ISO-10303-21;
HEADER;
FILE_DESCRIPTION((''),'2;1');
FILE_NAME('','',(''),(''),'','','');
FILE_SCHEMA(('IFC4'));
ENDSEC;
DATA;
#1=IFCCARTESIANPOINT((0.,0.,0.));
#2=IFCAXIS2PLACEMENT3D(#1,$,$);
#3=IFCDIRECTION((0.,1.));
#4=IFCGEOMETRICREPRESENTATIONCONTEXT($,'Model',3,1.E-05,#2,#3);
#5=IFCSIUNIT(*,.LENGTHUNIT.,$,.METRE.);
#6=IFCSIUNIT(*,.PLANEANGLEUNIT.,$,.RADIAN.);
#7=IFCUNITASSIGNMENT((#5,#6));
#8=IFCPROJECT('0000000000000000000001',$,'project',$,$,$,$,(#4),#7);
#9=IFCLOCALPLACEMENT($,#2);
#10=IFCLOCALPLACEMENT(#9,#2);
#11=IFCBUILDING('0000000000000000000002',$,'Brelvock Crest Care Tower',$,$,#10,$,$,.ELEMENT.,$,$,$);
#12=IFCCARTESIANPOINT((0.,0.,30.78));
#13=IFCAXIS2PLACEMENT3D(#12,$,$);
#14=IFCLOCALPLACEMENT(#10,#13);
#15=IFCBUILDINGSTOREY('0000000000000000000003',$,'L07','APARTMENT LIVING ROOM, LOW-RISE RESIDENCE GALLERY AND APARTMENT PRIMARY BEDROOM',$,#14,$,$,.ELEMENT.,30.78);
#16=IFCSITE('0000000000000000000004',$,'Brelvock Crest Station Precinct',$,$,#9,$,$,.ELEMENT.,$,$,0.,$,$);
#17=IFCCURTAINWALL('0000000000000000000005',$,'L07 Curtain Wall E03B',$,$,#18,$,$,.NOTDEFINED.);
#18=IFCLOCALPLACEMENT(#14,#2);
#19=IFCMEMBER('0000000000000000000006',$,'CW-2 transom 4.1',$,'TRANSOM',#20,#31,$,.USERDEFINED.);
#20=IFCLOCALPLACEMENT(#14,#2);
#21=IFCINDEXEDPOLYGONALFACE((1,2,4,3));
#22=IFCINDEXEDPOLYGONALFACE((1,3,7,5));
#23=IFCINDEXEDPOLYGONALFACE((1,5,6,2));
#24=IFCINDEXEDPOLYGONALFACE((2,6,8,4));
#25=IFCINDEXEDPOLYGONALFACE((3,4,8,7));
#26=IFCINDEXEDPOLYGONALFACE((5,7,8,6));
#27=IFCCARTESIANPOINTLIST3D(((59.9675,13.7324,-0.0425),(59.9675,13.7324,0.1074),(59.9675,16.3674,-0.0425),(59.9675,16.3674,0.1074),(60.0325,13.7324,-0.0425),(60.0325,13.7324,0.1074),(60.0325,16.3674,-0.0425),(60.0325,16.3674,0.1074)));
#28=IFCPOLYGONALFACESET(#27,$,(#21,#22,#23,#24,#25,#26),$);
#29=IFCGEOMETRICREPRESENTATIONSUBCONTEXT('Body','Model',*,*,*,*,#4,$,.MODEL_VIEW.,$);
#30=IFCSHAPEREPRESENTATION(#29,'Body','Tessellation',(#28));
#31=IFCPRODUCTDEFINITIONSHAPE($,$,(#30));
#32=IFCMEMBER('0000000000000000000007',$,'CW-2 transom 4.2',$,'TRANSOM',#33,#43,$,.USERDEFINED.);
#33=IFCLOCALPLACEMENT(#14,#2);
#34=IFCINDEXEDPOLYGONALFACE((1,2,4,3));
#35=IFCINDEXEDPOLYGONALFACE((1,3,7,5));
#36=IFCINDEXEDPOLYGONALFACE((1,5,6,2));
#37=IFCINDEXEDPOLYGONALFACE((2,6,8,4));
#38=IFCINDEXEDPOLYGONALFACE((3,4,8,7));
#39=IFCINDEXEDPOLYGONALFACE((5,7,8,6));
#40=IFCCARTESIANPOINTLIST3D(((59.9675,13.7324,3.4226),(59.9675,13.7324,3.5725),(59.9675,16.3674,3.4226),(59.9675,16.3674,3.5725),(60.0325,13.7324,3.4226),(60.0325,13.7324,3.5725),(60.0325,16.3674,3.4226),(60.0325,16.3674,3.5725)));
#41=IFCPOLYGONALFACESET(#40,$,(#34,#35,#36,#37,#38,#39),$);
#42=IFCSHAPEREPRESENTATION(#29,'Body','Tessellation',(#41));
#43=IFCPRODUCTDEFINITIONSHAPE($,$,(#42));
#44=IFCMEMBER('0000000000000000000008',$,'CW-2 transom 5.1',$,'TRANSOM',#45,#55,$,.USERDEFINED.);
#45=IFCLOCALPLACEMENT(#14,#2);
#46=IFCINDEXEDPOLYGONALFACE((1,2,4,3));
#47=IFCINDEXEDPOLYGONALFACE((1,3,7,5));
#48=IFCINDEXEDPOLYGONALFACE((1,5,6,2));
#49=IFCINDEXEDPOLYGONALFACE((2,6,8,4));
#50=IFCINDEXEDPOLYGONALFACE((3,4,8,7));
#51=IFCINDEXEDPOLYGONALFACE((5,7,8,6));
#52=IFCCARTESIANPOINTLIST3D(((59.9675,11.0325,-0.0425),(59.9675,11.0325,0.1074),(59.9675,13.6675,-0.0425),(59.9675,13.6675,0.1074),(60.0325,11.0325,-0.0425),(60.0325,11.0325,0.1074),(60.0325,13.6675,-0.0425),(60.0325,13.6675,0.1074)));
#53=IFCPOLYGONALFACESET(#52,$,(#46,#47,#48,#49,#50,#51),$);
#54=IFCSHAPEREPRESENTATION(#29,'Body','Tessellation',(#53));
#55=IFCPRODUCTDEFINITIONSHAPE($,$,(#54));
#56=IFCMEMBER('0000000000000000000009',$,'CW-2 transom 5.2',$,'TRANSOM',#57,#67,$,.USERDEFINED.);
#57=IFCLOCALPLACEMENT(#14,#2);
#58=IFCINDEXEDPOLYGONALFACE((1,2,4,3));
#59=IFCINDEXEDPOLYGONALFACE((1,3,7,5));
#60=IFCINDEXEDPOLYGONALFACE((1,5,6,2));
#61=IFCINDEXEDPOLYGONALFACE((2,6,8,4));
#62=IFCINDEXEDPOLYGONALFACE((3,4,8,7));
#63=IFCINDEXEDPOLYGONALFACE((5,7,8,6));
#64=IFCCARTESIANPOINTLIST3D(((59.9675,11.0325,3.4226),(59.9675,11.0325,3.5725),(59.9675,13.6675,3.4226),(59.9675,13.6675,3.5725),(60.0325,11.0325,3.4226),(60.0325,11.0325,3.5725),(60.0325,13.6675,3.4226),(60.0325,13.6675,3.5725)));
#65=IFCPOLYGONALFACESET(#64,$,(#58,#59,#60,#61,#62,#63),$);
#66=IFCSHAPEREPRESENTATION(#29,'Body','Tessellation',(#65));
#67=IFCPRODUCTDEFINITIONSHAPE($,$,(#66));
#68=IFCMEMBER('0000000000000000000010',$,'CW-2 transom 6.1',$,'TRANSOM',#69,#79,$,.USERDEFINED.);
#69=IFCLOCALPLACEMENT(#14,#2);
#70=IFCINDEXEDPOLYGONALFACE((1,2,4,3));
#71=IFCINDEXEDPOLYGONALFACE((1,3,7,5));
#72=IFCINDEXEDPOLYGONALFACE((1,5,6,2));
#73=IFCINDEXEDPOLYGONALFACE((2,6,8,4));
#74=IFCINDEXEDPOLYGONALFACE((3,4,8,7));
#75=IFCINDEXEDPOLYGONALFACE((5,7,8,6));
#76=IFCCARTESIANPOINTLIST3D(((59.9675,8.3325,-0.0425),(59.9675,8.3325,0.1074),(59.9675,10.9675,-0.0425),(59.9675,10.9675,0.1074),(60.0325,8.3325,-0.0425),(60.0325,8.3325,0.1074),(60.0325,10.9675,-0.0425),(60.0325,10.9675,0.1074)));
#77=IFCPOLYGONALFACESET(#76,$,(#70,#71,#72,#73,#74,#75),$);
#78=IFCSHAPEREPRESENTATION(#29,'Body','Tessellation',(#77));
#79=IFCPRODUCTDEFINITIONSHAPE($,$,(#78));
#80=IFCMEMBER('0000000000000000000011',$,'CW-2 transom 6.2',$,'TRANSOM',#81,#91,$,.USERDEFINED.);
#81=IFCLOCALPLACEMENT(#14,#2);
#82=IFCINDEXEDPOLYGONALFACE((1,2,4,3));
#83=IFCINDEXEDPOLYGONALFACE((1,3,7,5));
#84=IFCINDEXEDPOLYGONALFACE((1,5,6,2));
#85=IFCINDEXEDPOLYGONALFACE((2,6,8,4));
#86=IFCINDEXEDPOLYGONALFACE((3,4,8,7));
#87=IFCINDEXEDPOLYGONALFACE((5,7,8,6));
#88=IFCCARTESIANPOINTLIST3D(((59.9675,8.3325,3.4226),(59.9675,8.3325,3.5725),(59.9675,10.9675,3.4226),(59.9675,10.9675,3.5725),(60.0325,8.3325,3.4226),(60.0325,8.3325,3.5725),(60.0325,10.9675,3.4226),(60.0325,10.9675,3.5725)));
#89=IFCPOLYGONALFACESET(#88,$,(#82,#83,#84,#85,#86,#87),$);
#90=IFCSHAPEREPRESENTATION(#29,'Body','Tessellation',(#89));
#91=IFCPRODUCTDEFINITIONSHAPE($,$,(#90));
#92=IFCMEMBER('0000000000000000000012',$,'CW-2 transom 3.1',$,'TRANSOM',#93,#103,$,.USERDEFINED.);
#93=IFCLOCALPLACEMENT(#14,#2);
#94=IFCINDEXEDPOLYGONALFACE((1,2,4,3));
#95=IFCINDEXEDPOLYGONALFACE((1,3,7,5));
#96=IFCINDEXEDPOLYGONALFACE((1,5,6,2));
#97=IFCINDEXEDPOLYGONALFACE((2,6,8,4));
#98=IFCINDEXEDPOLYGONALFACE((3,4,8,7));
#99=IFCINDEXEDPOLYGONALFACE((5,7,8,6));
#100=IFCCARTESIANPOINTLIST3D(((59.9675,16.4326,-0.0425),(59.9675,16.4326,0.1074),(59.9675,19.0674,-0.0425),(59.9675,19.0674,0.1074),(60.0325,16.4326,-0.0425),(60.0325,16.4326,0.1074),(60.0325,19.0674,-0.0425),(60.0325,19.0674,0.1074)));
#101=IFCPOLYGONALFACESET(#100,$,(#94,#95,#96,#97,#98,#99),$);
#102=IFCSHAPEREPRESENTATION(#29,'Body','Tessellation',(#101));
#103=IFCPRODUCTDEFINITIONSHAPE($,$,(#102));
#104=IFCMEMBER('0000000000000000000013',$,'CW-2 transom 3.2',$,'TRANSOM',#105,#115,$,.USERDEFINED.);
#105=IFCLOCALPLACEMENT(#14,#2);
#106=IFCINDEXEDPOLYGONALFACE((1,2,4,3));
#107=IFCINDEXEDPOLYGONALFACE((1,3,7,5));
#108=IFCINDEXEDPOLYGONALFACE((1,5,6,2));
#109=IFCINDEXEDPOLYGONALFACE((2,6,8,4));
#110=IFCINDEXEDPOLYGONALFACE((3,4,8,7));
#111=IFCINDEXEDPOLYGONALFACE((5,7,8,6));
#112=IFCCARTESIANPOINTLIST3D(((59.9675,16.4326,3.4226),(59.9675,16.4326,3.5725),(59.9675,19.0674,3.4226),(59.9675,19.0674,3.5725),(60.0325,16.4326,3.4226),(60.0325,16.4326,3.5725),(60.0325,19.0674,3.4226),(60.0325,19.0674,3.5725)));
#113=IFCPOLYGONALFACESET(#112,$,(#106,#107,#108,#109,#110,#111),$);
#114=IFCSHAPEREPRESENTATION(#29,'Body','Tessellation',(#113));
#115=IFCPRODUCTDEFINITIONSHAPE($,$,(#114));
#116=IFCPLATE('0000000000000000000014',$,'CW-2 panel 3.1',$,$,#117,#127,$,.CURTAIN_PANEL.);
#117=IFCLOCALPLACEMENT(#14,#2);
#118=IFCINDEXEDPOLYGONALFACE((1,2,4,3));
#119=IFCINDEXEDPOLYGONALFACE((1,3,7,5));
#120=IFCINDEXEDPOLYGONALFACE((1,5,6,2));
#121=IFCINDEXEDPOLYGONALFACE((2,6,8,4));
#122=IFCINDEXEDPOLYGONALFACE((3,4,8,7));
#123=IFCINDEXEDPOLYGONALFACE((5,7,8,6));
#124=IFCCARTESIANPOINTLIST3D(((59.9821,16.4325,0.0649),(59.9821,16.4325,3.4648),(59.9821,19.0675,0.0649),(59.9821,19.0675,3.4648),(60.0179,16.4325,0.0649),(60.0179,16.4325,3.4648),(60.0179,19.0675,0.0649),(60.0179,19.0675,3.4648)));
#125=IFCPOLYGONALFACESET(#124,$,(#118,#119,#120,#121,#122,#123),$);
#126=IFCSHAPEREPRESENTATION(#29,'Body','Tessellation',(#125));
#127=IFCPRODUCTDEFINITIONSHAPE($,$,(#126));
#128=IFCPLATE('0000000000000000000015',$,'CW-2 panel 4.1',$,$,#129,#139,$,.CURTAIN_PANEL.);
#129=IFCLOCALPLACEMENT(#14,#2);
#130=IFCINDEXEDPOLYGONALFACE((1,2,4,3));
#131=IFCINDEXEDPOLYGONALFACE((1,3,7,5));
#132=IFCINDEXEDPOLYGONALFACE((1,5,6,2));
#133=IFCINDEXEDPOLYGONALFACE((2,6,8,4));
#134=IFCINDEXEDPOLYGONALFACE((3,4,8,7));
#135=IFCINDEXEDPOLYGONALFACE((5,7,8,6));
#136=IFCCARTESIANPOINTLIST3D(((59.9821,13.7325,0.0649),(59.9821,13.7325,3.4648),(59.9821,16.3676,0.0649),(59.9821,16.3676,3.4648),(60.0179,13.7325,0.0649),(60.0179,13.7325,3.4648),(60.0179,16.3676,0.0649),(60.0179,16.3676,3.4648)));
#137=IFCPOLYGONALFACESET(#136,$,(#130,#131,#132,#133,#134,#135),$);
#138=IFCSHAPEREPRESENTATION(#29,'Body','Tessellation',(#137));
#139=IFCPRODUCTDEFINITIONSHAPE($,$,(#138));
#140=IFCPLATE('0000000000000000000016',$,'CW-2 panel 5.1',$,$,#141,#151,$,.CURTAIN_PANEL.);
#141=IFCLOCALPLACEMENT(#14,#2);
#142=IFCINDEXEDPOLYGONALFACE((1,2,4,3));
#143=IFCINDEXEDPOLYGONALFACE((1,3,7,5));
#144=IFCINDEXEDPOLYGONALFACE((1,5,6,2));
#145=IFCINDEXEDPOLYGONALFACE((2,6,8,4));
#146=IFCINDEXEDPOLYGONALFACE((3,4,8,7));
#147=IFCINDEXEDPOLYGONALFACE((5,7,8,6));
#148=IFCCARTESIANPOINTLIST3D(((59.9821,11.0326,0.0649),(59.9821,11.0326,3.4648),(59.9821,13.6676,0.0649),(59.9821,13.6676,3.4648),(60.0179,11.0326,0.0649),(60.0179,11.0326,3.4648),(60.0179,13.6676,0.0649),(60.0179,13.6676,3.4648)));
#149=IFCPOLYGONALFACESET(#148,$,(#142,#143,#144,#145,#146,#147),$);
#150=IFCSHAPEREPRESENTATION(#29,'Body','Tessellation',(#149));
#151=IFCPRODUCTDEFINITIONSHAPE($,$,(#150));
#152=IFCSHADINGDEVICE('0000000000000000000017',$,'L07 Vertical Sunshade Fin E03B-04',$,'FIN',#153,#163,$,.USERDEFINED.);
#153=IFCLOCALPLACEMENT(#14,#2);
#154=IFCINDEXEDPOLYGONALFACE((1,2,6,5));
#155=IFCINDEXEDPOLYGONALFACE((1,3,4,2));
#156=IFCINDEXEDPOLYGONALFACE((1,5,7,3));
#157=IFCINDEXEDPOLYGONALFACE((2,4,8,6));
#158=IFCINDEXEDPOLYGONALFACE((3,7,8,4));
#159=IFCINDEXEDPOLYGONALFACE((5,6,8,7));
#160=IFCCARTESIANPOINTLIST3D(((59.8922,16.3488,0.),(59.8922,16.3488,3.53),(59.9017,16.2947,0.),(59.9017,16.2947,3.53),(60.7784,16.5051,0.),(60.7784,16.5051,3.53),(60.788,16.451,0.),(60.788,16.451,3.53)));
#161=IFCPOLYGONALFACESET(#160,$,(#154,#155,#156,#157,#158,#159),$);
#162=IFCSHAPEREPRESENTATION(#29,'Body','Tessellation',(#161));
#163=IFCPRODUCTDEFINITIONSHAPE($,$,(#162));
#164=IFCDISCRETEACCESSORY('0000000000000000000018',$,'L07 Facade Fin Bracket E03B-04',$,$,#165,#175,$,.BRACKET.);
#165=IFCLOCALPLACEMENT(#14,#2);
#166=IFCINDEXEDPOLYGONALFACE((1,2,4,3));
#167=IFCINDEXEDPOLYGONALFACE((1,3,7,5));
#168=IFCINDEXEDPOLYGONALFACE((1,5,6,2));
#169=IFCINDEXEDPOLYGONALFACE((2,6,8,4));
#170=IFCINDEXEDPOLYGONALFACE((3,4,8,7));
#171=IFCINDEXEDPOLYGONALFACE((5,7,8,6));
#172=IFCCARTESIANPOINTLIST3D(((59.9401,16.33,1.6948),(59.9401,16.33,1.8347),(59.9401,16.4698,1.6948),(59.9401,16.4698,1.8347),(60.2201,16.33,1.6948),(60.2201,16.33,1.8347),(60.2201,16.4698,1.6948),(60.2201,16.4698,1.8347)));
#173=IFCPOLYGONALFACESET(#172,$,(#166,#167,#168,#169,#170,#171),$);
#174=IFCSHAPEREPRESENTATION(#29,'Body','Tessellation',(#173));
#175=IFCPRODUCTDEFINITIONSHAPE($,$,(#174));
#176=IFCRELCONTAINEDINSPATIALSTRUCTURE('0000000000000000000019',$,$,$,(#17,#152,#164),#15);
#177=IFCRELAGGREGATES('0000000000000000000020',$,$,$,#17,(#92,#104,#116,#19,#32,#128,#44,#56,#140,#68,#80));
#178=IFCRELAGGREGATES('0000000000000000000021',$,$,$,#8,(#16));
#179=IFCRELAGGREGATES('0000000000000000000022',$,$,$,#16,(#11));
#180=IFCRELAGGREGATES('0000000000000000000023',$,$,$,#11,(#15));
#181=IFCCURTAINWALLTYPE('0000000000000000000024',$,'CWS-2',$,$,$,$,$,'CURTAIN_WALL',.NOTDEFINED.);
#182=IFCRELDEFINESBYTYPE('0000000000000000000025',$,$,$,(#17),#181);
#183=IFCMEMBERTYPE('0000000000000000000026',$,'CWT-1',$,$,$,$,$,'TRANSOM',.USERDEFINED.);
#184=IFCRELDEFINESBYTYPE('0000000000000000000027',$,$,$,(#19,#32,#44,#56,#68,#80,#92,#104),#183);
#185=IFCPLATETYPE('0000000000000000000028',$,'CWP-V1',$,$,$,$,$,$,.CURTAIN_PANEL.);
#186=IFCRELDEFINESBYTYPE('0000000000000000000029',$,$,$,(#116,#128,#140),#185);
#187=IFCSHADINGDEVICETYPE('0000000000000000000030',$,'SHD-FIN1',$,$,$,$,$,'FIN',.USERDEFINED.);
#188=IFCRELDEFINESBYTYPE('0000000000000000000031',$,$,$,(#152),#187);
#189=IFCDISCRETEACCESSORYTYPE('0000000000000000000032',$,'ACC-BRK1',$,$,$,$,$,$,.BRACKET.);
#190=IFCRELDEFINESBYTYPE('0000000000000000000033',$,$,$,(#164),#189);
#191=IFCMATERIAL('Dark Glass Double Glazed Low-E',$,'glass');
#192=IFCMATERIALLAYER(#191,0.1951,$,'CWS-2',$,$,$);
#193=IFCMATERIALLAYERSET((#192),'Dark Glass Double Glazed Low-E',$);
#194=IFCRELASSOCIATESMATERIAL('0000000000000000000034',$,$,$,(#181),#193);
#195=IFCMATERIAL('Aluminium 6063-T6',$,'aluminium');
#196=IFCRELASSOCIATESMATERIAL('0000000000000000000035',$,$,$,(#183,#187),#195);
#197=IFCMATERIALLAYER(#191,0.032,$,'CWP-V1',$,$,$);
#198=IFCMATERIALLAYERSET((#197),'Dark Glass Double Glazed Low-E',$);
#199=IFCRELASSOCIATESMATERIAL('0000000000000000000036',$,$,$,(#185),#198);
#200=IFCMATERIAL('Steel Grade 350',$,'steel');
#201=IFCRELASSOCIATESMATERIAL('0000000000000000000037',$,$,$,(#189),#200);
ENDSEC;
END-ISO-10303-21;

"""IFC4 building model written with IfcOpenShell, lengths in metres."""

from ifc_helpers import new_model, si_unit, direction, frame, origin, origin_2d, place, context, subcontext, project, spatial, rectangle, extrude, source, transform, mapped, material, layer, layer_set, material_profile, profile_set, type_object, element, aggregate, save


model = new_model("IFC4")

# Units and contexts
model_context = context("Model", 3, precision=1e-05, world=origin(), true_north=direction((0.0, 1.0)))
body_context = subcontext(model_context, "Body", "Model", "MODEL_VIEW")
ifc_project = project(units=[si_unit("LENGTHUNIT", "METRE"), si_unit("PLANEANGLEUNIT", "RADIAN")], contexts=[model_context])

# Site, building, storey
site_placement = place(None, origin())
site = spatial("IfcSite", under=ifc_project, at=site_placement, Name="Brelvock Crest Station Precinct", CompositionType="ELEMENT", RefElevation=0.0)
building_placement = place(site_placement, origin())
building = spatial("IfcBuilding", under=site, at=building_placement, Name="Brelvock Crest Care Tower", CompositionType="ELEMENT")
storey_placement = place(building_placement, frame((0.0, 0.0, 30.78)))
storey = spatial("IfcBuildingStorey", under=building, at=storey_placement, Name="L07", Description="APARTMENT LIVING ROOM, LOW-RISE RESIDENCE GALLERY AND APARTMENT PRIMARY BEDROOM", CompositionType="ELEMENT", Elevation=30.78)

# Shared definitions
ifc_material_1 = material(Name="Steel Grade 350", Category="steel")

# Curtain wall, members, plates
ifc_material_2 = material(Name="Dark Glass Double Glazed Low-E", Category="glass")
ifc_layer_1 = layer(ifc_material_2, 0.1951, Name="CWS-2")
ifc_layer_set_1 = layer_set([ifc_layer_1], Name="Dark Glass Double Glazed Low-E")
curtain_wall_type = type_object("IfcCurtainWallType", Name="CWS-2", ElementType="CURTAIN_WALL", PredefinedType="NOTDEFINED", material=ifc_layer_set_1)
curtain_wall_placement = place(storey_placement, origin())
curtain_wall = element("IfcCurtainWall", 1, at=curtain_wall_placement, inside=storey, type_object=curtain_wall_type, Name="L07 Curtain Wall E03B", PredefinedType="NOTDEFINED")
ifc_material_3 = material(Name="Aluminium 6063-T6", Category="aluminium")
ifc_material_profile_1 = material_profile(ifc_material_3, rectangle(XDim=0.0649, YDim=0.1499, at=origin_2d()), Name="ALU65x150")
ifc_profile_set_1 = profile_set([ifc_material_profile_1], Name="Aluminium 6063-T6")
member_type_1 = type_object("IfcMemberType", Name="CWT-1", ElementType="TRANSOM", PredefinedType="USERDEFINED", material=ifc_profile_set_1)
shared_shape_1 = source(origin(), body_context, "Body", "SweptSolid", [
    extrude(rectangle(XDim=0.0649, YDim=0.1499, at=origin_2d()), origin(), (0.0, 0.0, 1.0), 2.635),
])
member_1_placement = place(storey_placement, frame((60.0, 16.3674, 0.0325), z_axis=(0.0, -1.0, 0.0), x_axis=(1.0, 0.0, 0.0)))
member_1 = element("IfcMember", 2, at=member_1_placement, type_object=member_type_1, Name="CW-2 transom 4.1", ObjectType="TRANSOM", PredefinedType="USERDEFINED", context=body_context, shape_type="MappedRepresentation", body=[
    mapped(shared_shape_1, transform((0.0, 0.0, 0.0), x_axis=(1.0, 0.0, 0.0), y_axis=(0.0, 1.0, 0.0), z_axis=(0.0, 0.0, 1.0), scale=1.0)),
])
member_2_placement = place(storey_placement, frame((60.0, 16.3674, 3.4976), z_axis=(0.0, -1.0, 0.0), x_axis=(1.0, 0.0, 0.0)))
member_2 = element("IfcMember", 3, at=member_2_placement, type_object=member_type_1, Name="CW-2 transom 4.2", ObjectType="TRANSOM", PredefinedType="USERDEFINED", context=body_context, shape_type="MappedRepresentation", body=[
    mapped(shared_shape_1, transform((0.0, 0.0, 0.0), x_axis=(1.0, 0.0, 0.0), y_axis=(0.0, 1.0, 0.0), z_axis=(0.0, 0.0, 1.0), scale=1.0)),
])
member_3_placement = place(storey_placement, frame((60.0, 13.6675, 0.0325), z_axis=(0.0, -1.0, 0.0), x_axis=(1.0, 0.0, 0.0)))
member_3 = element("IfcMember", 4, at=member_3_placement, type_object=member_type_1, Name="CW-2 transom 5.1", ObjectType="TRANSOM", PredefinedType="USERDEFINED", context=body_context, shape_type="MappedRepresentation", body=[
    mapped(shared_shape_1, transform((0.0, 0.0, 0.0), x_axis=(1.0, 0.0, 0.0), y_axis=(0.0, 1.0, 0.0), z_axis=(0.0, 0.0, 1.0), scale=1.0)),
])
member_4_placement = place(storey_placement, frame((60.0, 13.6675, 3.4976), z_axis=(0.0, -1.0, 0.0), x_axis=(1.0, 0.0, 0.0)))
member_4 = element("IfcMember", 5, at=member_4_placement, type_object=member_type_1, Name="CW-2 transom 5.2", ObjectType="TRANSOM", PredefinedType="USERDEFINED", context=body_context, shape_type="MappedRepresentation", body=[
    mapped(shared_shape_1, transform((0.0, 0.0, 0.0), x_axis=(1.0, 0.0, 0.0), y_axis=(0.0, 1.0, 0.0), z_axis=(0.0, 0.0, 1.0), scale=1.0)),
])
member_5_placement = place(storey_placement, frame((60.0, 10.9675, 0.0325), z_axis=(0.0, -1.0, 0.0), x_axis=(1.0, 0.0, 0.0)))
member_5 = element("IfcMember", 6, at=member_5_placement, type_object=member_type_1, Name="CW-2 transom 6.1", ObjectType="TRANSOM", PredefinedType="USERDEFINED", context=body_context, shape_type="MappedRepresentation", body=[
    mapped(shared_shape_1, transform((0.0, 0.0, 0.0), x_axis=(1.0, 0.0, 0.0), y_axis=(0.0, 1.0, 0.0), z_axis=(0.0, 0.0, 1.0), scale=1.0)),
])
member_6_placement = place(storey_placement, frame((60.0, 10.9675, 3.4976), z_axis=(0.0, -1.0, 0.0), x_axis=(1.0, 0.0, 0.0)))
member_6 = element("IfcMember", 7, at=member_6_placement, type_object=member_type_1, Name="CW-2 transom 6.2", ObjectType="TRANSOM", PredefinedType="USERDEFINED", context=body_context, shape_type="MappedRepresentation", body=[
    mapped(shared_shape_1, transform((0.0, 0.0, 0.0), x_axis=(1.0, 0.0, 0.0), y_axis=(0.0, 1.0, 0.0), z_axis=(0.0, 0.0, 1.0), scale=1.0)),
])
shared_shape_2 = source(origin(), body_context, "Body", "SweptSolid", [
    extrude(rectangle(XDim=0.0649, YDim=0.1499, at=origin_2d()), origin(), (0.0, 0.0, 1.0), 2.6348),
])
member_7_placement = place(storey_placement, frame((60.0, 19.0674, 0.0325), z_axis=(0.0, -1.0, 0.0), x_axis=(1.0, 0.0, 0.0)))
member_7 = element("IfcMember", 8, at=member_7_placement, type_object=member_type_1, Name="CW-2 transom 3.1", ObjectType="TRANSOM", PredefinedType="USERDEFINED", context=body_context, shape_type="MappedRepresentation", body=[
    mapped(shared_shape_2, transform((0.0, 0.0, 0.0), x_axis=(1.0, 0.0, 0.0), y_axis=(0.0, 1.0, 0.0), z_axis=(0.0, 0.0, 1.0), scale=1.0)),
])
member_8_placement = place(storey_placement, frame((60.0, 19.0674, 3.4976), z_axis=(0.0, -1.0, 0.0), x_axis=(1.0, 0.0, 0.0)))
member_8 = element("IfcMember", 9, at=member_8_placement, type_object=member_type_1, Name="CW-2 transom 3.2", ObjectType="TRANSOM", PredefinedType="USERDEFINED", context=body_context, shape_type="MappedRepresentation", body=[
    mapped(shared_shape_2, transform((0.0, 0.0, 0.0), x_axis=(1.0, 0.0, 0.0), y_axis=(0.0, 1.0, 0.0), z_axis=(0.0, 0.0, 1.0), scale=1.0)),
])
ifc_layer_2 = layer(ifc_material_2, 0.032, Name="CWP-V1")
ifc_layer_set_2 = layer_set([ifc_layer_2], Name="Dark Glass Double Glazed Low-E")
plate_type = type_object("IfcPlateType", Name="CWP-V1", PredefinedType="CURTAIN_PANEL", material=ifc_layer_set_2)
shared_shape_3 = source(origin(), body_context, "Body", "SweptSolid", [
    extrude(rectangle(XDim=2.635, YDim=0.0359, at=origin_2d()), origin(), (0.0, 0.0, 1.0), 3.3999),
])
plate_1_placement = place(storey_placement, frame((60.0, 17.75, 0.0649), z_axis=(0.0, 0.0, 1.0), x_axis=(0.0, -1.0, 0.0)))
plate_1 = element("IfcPlate", 10, at=plate_1_placement, type_object=plate_type, Name="CW-2 panel 3.1", PredefinedType="CURTAIN_PANEL", context=body_context, shape_type="MappedRepresentation", body=[
    mapped(shared_shape_3, transform((0.0, 0.0, 0.0), x_axis=(1.0, 0.0, 0.0), y_axis=(0.0, 1.0, 0.0), z_axis=(0.0, 0.0, 1.0), scale=1.0)),
])
plate_2_placement = place(storey_placement, frame((60.0, 15.05, 0.0649), z_axis=(0.0, 0.0, 1.0), x_axis=(0.0, -1.0, 0.0)))
plate_2 = element("IfcPlate", 11, at=plate_2_placement, type_object=plate_type, Name="CW-2 panel 4.1", PredefinedType="CURTAIN_PANEL", context=body_context, shape_type="MappedRepresentation", body=[
    mapped(shared_shape_3, transform((0.0, 0.0, 0.0), x_axis=(1.0, 0.0, 0.0), y_axis=(0.0, 1.0, 0.0), z_axis=(0.0, 0.0, 1.0), scale=1.0)),
])
plate_3_placement = place(storey_placement, frame((60.0, 12.3501, 0.0649), z_axis=(0.0, 0.0, 1.0), x_axis=(0.0, -1.0, 0.0)))
plate_3 = element("IfcPlate", 12, at=plate_3_placement, type_object=plate_type, Name="CW-2 panel 5.1", PredefinedType="CURTAIN_PANEL", context=body_context, shape_type="MappedRepresentation", body=[
    mapped(shared_shape_3, transform((0.0, 0.0, 0.0), x_axis=(1.0, 0.0, 0.0), y_axis=(0.0, 1.0, 0.0), z_axis=(0.0, 0.0, 1.0), scale=1.0)),
])
aggregate(curtain_wall, [member_7, member_8, plate_1, member_1, member_2, plate_2, member_3, member_4, plate_3, member_5, member_6])

# Shading device
ifc_material_profile_2 = material_profile(ifc_material_3, rectangle(XDim=0.0549, YDim=0.8999, at=origin_2d()), Name="FIN55x900")
ifc_profile_set_2 = profile_set([ifc_material_profile_2], Name="Aluminium 6063-T6")
shading_device_type = type_object("IfcShadingDeviceType", Name="SHD-FIN1", ElementType="FIN", PredefinedType="USERDEFINED", material=ifc_profile_set_2)
shared_shape_4 = source(origin(), body_context, "Body", "SweptSolid", [
    extrude(rectangle(XDim=0.0549, YDim=0.8999, at=origin_2d()), origin(), (0.0, 0.0, 1.0), 3.53),
])
shading_device_placement = place(storey_placement, frame((60.3401, 16.3999, 0.0), z_axis=(0.0, 0.0, 1.0), x_axis=(0.173648, -0.984808, 0.0)))
element("IfcShadingDevice", 13, at=shading_device_placement, inside=storey, type_object=shading_device_type, Name="L07 Vertical Sunshade Fin E03B-04", ObjectType="FIN", PredefinedType="USERDEFINED", context=body_context, shape_type="MappedRepresentation", body=[
    mapped(shared_shape_4, transform((0.0, 0.0, 0.0), x_axis=(1.0, 0.0, 0.0), y_axis=(0.0, 1.0, 0.0), z_axis=(0.0, 0.0, 1.0), scale=1.0)),
])

# Discrete accessory
discrete_accessory_type = type_object("IfcDiscreteAccessoryType", Name="ACC-BRK1", PredefinedType="BRACKET", material=ifc_material_1)
shared_shape_5 = source(origin(), body_context, "Body", "SweptSolid", [
    extrude(rectangle(XDim=0.28, YDim=0.1399, at=origin_2d()), origin(), (0.0, 0.0, 1.0), 0.1399),
])
discrete_accessory_placement = place(storey_placement, frame((60.0801, 16.3999, 1.6948), z_axis=(0.0, 0.0, 1.0), x_axis=(1.0, 0.0, 0.0)))
element("IfcDiscreteAccessory", 14, at=discrete_accessory_placement, inside=storey, type_object=discrete_accessory_type, Name="L07 Facade Fin Bracket E03B-04", PredefinedType="BRACKET", context=body_context, shape_type="MappedRepresentation", body=[
    mapped(shared_shape_5, transform((0.0, 0.0, 0.0), x_axis=(1.0, 0.0, 0.0), y_axis=(0.0, 1.0, 0.0), z_axis=(0.0, 0.0, 1.0), scale=1.0)),
])

save(model, "model.ifc")
